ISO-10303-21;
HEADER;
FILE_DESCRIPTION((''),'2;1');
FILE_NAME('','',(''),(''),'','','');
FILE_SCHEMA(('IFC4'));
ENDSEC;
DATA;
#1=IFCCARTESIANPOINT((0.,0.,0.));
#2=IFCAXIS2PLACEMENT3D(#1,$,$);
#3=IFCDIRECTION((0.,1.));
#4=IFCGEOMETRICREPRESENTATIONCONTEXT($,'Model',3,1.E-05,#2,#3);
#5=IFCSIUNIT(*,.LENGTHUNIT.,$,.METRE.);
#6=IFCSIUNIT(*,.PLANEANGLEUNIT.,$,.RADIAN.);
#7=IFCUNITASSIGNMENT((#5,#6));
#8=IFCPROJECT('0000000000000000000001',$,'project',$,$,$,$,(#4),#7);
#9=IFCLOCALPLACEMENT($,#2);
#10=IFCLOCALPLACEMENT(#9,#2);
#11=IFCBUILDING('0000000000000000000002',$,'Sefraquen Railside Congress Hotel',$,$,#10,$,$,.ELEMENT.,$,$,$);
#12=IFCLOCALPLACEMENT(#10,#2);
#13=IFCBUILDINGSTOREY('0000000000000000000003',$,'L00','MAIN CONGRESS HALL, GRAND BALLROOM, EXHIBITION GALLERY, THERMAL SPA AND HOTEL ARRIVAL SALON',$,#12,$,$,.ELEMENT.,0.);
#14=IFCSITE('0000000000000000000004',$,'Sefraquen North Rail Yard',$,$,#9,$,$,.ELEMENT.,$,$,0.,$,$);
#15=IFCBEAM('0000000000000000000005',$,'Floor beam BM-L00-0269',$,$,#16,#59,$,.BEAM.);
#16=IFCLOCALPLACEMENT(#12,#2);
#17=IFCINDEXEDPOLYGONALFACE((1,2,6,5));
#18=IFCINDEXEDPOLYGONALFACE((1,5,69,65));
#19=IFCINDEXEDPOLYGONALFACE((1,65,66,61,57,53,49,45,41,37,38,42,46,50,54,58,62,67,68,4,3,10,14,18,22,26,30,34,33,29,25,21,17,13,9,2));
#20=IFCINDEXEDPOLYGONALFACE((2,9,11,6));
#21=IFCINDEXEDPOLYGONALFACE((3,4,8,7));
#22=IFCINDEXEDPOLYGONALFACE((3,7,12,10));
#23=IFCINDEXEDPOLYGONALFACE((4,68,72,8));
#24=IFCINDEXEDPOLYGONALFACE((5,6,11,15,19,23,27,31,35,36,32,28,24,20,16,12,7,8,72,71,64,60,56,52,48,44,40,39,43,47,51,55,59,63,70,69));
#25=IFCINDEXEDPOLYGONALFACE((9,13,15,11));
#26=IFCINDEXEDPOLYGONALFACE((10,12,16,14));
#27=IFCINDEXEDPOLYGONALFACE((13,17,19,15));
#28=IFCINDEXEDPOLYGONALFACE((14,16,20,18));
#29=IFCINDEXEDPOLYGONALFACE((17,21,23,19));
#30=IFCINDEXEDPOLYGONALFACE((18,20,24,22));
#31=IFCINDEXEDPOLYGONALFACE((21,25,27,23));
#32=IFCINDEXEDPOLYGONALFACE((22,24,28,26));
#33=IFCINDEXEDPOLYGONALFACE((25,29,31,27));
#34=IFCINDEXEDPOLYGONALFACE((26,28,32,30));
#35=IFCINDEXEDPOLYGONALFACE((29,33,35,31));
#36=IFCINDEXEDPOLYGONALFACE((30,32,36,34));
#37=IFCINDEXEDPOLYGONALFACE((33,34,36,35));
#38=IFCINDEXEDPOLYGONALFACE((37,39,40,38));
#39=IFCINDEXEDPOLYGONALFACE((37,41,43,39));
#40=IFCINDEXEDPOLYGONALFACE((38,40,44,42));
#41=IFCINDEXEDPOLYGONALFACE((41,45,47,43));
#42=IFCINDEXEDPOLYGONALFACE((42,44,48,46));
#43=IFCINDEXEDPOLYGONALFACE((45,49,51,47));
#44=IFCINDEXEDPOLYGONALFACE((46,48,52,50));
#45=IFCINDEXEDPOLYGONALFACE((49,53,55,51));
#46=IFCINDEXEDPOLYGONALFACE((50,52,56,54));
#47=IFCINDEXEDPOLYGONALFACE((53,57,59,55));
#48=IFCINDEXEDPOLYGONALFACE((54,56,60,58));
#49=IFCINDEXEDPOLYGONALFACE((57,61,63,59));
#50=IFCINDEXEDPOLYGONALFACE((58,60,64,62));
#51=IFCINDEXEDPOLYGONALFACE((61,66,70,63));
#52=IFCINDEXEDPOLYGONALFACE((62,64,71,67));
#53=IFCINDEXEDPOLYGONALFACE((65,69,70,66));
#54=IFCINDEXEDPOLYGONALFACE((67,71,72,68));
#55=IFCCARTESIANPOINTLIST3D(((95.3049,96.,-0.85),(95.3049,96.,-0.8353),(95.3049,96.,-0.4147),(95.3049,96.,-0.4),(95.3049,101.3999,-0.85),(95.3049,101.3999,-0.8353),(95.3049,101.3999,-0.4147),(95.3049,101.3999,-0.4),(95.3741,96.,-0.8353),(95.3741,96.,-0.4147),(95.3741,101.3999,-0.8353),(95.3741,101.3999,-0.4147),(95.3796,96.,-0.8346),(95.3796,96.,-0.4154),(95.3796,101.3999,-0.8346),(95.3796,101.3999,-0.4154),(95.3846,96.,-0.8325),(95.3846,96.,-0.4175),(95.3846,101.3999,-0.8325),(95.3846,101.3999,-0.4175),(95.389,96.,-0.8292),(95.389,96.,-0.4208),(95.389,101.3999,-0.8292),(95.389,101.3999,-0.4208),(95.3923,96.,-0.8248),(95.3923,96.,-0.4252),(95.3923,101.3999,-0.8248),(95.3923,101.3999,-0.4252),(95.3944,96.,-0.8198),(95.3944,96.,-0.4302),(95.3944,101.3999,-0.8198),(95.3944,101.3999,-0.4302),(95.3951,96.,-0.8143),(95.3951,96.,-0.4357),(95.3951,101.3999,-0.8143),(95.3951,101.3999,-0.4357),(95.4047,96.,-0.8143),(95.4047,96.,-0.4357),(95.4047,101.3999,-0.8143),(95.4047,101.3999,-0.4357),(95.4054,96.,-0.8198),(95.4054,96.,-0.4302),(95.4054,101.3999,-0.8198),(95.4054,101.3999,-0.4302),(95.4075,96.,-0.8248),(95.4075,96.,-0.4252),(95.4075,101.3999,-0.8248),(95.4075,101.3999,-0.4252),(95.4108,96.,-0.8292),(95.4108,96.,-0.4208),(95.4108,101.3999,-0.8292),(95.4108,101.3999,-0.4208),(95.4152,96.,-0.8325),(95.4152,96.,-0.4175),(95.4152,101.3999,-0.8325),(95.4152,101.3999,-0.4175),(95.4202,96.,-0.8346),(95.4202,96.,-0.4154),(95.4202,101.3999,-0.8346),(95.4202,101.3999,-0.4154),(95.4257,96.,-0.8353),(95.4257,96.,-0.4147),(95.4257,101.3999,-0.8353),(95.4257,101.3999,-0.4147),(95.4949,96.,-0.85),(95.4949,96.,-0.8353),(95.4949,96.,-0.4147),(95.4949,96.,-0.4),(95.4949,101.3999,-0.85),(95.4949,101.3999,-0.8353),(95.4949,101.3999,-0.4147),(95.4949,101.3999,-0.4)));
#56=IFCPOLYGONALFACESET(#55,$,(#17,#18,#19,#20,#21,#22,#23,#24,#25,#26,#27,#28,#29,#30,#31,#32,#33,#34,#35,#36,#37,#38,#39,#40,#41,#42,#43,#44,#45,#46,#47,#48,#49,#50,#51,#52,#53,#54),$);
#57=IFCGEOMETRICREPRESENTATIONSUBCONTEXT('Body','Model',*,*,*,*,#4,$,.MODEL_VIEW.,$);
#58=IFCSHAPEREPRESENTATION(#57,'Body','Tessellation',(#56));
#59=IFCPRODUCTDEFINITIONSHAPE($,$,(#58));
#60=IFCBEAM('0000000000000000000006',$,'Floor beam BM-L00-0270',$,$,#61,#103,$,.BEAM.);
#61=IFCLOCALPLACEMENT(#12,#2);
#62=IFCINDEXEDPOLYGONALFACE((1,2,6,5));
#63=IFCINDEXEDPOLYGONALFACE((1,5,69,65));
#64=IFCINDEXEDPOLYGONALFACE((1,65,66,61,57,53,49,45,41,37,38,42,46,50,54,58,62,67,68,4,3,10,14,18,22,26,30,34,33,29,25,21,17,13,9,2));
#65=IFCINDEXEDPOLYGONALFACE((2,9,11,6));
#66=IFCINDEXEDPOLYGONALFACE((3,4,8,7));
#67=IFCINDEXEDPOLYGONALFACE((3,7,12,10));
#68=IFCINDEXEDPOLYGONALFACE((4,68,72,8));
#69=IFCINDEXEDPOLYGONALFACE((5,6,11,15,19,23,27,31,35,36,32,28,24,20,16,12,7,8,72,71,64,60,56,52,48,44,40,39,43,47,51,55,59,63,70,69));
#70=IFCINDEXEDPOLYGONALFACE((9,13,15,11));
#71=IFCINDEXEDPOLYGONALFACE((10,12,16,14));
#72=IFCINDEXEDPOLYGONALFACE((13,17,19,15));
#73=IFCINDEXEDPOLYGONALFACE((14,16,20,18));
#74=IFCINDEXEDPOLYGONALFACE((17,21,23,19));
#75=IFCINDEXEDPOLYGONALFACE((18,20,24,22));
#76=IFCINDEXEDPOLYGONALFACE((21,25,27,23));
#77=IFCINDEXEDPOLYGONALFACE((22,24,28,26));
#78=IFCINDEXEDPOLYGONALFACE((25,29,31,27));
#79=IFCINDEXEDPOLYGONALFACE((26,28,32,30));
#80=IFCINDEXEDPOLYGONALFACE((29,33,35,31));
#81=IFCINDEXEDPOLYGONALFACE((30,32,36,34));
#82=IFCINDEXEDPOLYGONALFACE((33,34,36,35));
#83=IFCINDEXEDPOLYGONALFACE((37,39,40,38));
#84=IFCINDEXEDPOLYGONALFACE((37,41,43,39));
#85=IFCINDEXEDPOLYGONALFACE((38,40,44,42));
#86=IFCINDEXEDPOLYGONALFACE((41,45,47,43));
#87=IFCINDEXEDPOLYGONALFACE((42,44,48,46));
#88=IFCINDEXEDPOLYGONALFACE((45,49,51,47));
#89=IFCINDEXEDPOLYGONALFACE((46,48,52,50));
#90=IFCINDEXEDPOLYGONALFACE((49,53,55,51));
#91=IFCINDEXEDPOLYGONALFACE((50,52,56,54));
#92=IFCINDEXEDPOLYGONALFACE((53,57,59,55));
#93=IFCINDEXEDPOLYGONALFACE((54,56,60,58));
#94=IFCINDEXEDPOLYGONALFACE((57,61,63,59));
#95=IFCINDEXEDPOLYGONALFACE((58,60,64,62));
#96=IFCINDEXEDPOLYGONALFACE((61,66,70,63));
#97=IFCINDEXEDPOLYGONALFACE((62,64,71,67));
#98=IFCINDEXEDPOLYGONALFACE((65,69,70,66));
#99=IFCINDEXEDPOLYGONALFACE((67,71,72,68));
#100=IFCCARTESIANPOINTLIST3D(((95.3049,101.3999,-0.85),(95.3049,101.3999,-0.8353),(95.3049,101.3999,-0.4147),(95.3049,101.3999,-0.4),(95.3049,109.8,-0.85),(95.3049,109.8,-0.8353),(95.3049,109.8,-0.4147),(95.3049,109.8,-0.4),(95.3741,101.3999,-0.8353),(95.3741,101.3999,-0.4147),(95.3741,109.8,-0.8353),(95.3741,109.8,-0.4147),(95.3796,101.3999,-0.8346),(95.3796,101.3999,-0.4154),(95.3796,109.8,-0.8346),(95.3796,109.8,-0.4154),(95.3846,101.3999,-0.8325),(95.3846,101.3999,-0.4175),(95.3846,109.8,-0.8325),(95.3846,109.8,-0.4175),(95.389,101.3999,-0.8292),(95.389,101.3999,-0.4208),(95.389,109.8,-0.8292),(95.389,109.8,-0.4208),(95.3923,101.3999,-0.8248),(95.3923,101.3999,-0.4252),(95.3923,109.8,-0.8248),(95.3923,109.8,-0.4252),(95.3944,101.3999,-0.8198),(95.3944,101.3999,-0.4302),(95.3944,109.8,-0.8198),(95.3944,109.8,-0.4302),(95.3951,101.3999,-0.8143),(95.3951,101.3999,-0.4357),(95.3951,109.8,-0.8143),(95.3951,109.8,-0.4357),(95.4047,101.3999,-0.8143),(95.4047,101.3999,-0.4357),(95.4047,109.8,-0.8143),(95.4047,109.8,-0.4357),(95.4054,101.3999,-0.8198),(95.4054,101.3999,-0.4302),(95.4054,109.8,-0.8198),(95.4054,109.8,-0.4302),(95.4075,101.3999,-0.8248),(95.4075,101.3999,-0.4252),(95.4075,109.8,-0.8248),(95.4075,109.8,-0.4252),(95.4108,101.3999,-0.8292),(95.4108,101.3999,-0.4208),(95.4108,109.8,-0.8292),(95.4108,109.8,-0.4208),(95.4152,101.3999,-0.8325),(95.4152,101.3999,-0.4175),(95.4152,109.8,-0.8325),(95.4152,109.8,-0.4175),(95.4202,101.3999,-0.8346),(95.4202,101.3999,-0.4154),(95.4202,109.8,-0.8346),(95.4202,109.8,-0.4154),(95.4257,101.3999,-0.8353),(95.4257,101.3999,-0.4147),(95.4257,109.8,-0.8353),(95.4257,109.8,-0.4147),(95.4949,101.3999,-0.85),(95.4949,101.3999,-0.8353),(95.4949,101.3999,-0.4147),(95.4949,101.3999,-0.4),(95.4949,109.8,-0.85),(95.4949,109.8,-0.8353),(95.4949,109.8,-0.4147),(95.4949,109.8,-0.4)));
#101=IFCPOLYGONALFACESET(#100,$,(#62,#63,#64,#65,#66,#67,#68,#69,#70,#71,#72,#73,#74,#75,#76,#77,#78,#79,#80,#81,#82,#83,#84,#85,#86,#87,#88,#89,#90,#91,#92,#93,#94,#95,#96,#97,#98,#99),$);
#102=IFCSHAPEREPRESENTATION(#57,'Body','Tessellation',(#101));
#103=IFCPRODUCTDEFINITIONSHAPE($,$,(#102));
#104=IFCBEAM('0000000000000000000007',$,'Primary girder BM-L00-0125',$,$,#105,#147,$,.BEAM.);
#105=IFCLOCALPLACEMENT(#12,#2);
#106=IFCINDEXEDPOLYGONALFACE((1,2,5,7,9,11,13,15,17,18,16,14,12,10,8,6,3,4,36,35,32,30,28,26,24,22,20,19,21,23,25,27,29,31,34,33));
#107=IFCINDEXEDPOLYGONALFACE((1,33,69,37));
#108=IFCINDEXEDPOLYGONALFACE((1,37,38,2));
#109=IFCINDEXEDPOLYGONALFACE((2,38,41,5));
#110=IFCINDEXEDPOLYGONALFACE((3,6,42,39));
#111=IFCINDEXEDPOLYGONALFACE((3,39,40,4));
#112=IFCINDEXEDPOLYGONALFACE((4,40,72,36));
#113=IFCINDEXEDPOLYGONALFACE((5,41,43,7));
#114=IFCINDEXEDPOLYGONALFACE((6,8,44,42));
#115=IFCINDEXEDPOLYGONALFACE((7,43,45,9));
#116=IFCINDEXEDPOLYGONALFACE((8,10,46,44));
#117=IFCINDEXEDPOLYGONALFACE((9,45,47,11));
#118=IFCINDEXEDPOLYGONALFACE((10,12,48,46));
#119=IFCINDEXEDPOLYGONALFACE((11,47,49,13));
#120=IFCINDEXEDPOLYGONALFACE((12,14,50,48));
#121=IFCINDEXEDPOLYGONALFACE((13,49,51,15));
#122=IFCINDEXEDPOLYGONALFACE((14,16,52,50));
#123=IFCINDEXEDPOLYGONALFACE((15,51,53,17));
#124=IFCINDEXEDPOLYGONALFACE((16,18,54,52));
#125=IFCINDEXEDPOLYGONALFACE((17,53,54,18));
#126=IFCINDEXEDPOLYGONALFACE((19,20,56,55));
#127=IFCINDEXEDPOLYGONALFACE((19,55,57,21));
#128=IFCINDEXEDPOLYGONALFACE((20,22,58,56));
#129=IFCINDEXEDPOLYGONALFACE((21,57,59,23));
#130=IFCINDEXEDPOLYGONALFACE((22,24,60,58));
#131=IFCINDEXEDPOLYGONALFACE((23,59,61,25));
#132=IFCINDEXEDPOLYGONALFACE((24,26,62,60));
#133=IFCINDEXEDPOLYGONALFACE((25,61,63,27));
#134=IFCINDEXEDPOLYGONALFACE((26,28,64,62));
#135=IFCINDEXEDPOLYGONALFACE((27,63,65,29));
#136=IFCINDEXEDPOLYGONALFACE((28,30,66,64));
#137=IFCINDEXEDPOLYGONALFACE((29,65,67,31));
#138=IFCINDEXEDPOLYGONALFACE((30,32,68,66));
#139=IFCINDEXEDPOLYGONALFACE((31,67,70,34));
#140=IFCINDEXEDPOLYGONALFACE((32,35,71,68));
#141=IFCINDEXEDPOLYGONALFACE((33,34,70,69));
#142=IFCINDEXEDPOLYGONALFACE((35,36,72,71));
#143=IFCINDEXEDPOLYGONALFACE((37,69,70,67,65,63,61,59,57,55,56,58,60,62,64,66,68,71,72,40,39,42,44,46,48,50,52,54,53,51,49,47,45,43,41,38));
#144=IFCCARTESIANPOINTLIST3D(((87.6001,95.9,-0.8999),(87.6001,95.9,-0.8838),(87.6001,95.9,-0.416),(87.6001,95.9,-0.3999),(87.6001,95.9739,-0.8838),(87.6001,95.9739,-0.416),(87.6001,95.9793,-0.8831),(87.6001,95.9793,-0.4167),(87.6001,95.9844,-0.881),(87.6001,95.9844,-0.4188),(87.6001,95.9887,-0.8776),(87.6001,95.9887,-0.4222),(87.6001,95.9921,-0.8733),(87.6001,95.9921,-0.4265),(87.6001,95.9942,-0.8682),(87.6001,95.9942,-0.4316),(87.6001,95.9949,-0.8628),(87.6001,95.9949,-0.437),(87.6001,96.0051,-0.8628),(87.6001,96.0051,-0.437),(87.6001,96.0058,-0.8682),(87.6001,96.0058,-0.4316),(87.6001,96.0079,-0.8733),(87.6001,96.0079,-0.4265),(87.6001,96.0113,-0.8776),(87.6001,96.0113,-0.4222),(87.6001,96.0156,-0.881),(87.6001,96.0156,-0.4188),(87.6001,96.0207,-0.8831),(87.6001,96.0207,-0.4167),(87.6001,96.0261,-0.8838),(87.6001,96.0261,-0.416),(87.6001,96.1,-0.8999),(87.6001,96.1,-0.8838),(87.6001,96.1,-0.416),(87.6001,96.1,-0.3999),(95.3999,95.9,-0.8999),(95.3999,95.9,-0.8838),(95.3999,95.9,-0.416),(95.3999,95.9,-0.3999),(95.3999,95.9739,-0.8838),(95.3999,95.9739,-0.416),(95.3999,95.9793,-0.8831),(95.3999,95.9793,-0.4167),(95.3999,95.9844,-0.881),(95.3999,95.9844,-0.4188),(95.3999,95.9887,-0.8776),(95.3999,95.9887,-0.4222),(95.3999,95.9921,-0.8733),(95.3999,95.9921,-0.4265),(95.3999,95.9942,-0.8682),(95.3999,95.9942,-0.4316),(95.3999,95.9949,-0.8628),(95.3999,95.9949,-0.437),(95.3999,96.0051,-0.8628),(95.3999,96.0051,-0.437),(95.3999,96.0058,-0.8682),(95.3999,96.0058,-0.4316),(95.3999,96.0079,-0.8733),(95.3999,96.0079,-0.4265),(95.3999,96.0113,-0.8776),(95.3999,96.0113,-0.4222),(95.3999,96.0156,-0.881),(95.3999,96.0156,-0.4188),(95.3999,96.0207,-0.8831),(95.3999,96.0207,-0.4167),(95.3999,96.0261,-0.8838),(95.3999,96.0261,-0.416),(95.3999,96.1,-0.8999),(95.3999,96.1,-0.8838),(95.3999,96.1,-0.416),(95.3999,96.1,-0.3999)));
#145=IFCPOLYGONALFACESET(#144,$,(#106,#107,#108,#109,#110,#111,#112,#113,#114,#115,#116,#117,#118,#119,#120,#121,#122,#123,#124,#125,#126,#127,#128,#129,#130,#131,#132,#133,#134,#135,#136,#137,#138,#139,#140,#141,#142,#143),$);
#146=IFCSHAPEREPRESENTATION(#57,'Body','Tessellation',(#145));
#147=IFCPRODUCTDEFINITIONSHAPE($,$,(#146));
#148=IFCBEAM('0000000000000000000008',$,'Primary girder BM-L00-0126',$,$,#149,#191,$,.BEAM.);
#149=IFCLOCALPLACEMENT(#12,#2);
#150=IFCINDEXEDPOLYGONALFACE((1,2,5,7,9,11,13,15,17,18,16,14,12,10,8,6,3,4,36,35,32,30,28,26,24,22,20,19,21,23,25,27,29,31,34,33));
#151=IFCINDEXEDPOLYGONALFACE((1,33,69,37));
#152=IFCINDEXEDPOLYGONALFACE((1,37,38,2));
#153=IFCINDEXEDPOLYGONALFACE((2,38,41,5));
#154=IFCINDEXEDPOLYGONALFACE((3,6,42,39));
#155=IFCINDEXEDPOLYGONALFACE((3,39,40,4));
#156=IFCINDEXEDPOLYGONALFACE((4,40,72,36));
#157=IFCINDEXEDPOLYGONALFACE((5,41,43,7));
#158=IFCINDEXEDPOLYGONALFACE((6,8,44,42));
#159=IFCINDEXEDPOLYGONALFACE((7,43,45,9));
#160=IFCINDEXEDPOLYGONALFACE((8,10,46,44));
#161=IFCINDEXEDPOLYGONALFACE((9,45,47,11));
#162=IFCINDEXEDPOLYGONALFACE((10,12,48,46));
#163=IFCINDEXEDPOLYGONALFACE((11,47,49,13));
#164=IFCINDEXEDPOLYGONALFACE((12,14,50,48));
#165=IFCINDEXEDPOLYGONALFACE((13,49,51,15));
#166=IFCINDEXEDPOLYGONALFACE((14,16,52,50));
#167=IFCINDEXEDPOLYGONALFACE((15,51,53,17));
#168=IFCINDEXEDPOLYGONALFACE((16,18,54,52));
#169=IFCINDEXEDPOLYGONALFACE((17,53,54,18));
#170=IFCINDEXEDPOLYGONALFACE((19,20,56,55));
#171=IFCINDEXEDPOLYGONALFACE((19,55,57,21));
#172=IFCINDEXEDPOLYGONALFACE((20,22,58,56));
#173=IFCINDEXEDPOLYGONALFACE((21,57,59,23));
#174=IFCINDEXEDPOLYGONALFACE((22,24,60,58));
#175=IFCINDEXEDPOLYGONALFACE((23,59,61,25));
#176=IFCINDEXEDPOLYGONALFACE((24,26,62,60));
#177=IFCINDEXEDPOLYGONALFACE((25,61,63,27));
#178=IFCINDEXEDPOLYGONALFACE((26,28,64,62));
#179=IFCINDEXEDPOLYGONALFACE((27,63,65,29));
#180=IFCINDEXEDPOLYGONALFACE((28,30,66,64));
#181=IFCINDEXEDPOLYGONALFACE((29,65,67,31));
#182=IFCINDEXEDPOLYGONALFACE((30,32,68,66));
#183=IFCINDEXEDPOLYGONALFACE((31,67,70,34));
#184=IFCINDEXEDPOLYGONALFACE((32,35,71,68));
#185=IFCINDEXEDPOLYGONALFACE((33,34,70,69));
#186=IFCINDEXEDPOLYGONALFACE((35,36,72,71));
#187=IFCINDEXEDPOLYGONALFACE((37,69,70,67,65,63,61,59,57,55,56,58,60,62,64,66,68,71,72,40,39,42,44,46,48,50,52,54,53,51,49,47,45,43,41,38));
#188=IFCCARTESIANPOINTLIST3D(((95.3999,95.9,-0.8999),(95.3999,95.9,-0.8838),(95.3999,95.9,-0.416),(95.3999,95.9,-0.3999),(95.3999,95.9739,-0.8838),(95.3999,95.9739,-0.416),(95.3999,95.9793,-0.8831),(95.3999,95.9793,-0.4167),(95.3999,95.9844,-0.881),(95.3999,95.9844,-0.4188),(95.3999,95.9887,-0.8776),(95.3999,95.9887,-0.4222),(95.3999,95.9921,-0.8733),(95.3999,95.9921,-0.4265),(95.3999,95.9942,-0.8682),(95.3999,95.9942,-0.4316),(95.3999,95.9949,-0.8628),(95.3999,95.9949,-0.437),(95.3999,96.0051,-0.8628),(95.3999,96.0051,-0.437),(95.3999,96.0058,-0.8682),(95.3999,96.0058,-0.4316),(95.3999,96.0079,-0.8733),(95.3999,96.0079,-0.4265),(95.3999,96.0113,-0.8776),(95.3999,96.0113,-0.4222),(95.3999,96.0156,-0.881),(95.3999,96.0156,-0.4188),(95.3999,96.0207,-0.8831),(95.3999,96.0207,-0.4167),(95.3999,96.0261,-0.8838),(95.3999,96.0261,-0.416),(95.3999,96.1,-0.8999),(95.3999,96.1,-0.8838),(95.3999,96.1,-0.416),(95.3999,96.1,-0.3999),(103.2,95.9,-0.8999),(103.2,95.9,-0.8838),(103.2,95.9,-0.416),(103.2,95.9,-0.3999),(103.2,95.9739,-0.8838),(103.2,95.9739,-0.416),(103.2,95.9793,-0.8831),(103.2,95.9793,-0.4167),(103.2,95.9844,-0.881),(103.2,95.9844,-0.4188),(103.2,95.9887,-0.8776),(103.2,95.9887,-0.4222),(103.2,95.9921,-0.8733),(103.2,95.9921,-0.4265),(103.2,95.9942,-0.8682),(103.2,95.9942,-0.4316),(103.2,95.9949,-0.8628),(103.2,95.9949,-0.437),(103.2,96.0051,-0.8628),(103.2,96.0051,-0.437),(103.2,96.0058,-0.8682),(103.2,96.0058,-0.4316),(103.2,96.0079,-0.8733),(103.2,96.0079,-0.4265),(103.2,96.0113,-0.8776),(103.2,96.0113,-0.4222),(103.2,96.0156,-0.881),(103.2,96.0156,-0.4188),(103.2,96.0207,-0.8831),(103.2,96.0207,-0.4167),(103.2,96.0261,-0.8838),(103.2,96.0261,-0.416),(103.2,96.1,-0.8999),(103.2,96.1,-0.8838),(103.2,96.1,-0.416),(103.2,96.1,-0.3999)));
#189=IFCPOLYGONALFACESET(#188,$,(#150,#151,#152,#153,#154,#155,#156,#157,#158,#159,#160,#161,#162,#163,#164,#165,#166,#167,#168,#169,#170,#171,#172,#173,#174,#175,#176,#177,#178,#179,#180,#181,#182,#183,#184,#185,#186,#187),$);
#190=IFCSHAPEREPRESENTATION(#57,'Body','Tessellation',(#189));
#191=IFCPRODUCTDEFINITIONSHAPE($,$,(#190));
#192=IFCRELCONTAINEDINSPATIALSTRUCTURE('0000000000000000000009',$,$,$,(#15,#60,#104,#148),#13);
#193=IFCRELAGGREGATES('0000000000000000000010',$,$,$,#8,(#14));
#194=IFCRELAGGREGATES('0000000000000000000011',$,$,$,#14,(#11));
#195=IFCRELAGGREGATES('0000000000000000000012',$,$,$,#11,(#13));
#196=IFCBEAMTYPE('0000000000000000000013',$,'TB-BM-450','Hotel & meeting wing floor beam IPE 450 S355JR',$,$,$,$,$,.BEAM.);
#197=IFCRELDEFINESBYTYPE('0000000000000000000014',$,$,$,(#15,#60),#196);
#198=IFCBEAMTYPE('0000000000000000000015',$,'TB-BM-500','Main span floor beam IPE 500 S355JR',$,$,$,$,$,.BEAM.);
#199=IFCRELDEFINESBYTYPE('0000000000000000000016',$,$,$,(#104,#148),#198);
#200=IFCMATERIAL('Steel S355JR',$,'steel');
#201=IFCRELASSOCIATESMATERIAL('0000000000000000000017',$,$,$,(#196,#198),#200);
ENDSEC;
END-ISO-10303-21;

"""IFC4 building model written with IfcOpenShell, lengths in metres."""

from ifc_helpers import new_model, si_unit, direction, frame, origin, origin_2d, place, context, subcontext, project, spatial, i_section, extrude, material, material_profile, profile_set, type_object, element, save


model = new_model("IFC4")

# Units and contexts
model_context = context("Model", 3, precision=1e-05, world=origin(), true_north=direction((0.0, 1.0)))
body_context = subcontext(model_context, "Body", "Model", "MODEL_VIEW")
ifc_project = project(units=[si_unit("LENGTHUNIT", "METRE"), si_unit("PLANEANGLEUNIT", "RADIAN")], contexts=[model_context])

# Site, building, storey
site_placement = place(None, origin())
site = spatial("IfcSite", under=ifc_project, at=site_placement, Name="Sefraquen North Rail Yard", CompositionType="ELEMENT", RefElevation=0.0)
building_placement = place(site_placement, origin())
building = spatial("IfcBuilding", under=site, at=building_placement, Name="Sefraquen Railside Congress Hotel", CompositionType="ELEMENT")
storey_placement = place(building_placement, origin())
storey = spatial("IfcBuildingStorey", under=building, at=storey_placement, Name="L00", Description="MAIN CONGRESS HALL, GRAND BALLROOM, EXHIBITION GALLERY, THERMAL SPA AND HOTEL ARRIVAL SALON", CompositionType="ELEMENT", Elevation=0.0)

# Shared definitions
ifc_material_1 = material(Name="Steel S355JR", Category="steel")

# Beams
ifc_material_profile_1 = material_profile(ifc_material_1, i_section(OverallWidth=0.1899, OverallDepth=0.45, WebThickness=0.0095, FlangeThickness=0.0146, FilletRadius=0.021, at=origin_2d()), Name="IPE 450")
ifc_profile_set_1 = profile_set([ifc_material_profile_1], Name="Steel S355JR")
beam_type_1 = type_object("IfcBeamType", Name="TB-BM-450", Description="Hotel & meeting wing floor beam IPE 450 S355JR", PredefinedType="BEAM", material=ifc_profile_set_1)
beam_1_placement = place(storey_placement, frame((95.3999, 96.0, -0.625), z_axis=(0.0, 1.0, 0.0), x_axis=(-1.0, 0.0, 0.0)))
element("IfcBeam", 1, at=beam_1_placement, inside=storey, type_object=beam_type_1, Name="Floor beam BM-L00-0269", PredefinedType="BEAM", context=body_context, shape_type="SweptSolid", body=[
    extrude(i_section(OverallWidth=0.1899, OverallDepth=0.45, WebThickness=0.0095, FlangeThickness=0.0146, FilletRadius=0.021, at=origin_2d()), origin(), (0.0, 0.0, 1.0), 5.3999),
])
beam_2_placement = place(storey_placement, frame((95.3999, 101.3999, -0.625), z_axis=(0.0, 1.0, 0.0), x_axis=(-1.0, 0.0, 0.0)))
element("IfcBeam", 2, at=beam_2_placement, inside=storey, type_object=beam_type_1, Name="Floor beam BM-L00-0270", PredefinedType="BEAM", context=body_context, shape_type="SweptSolid", body=[
    extrude(i_section(OverallWidth=0.1899, OverallDepth=0.45, WebThickness=0.0095, FlangeThickness=0.0146, FilletRadius=0.021, at=origin_2d()), origin(), (0.0, 0.0, 1.0), 8.4001),
])
ifc_material_profile_2 = material_profile(ifc_material_1, i_section(OverallWidth=0.2, OverallDepth=0.5, WebThickness=0.0103, FlangeThickness=0.0161, FilletRadius=0.021, at=origin_2d()), Name="IPE 500")
ifc_profile_set_2 = profile_set([ifc_material_profile_2], Name="Steel S355JR")
beam_type_2 = type_object("IfcBeamType", Name="TB-BM-500", Description="Main span floor beam IPE 500 S355JR", PredefinedType="BEAM", material=ifc_profile_set_2)
beam_3_placement = place(storey_placement, frame((87.6001, 96.0, -0.6499), z_axis=(1.0, 0.0, 0.0), x_axis=(0.0, 1.0, 0.0)))
element("IfcBeam", 3, at=beam_3_placement, inside=storey, type_object=beam_type_2, Name="Primary girder BM-L00-0125", PredefinedType="BEAM", context=body_context, shape_type="SweptSolid", body=[
    extrude(i_section(OverallWidth=0.2, OverallDepth=0.5, WebThickness=0.0103, FlangeThickness=0.0161, FilletRadius=0.021, at=origin_2d()), origin(), (0.0, 0.0, 1.0), 7.7998),
])
for number, where, z_axis, x_axis, name in (
    (4, (95.3999, 96.0, -0.6499), (1.0, 0.0, 0.0), (0.0, 1.0, 0.0), "Primary girder BM-L00-0126"),
):
    element("IfcBeam", number, at=place(storey_placement, frame(where, z_axis=z_axis, x_axis=x_axis)), inside=storey, type_object=beam_type_2, Name=name, PredefinedType="BEAM", context=body_context, shape_type="SweptSolid", body=[
        extrude(i_section(OverallWidth=0.2, OverallDepth=0.5, WebThickness=0.0103, FlangeThickness=0.0161, FilletRadius=0.021, at=origin_2d()), origin(), (0.0, 0.0, 1.0), 7.8),
    ])

save(model, "model.ifc")
